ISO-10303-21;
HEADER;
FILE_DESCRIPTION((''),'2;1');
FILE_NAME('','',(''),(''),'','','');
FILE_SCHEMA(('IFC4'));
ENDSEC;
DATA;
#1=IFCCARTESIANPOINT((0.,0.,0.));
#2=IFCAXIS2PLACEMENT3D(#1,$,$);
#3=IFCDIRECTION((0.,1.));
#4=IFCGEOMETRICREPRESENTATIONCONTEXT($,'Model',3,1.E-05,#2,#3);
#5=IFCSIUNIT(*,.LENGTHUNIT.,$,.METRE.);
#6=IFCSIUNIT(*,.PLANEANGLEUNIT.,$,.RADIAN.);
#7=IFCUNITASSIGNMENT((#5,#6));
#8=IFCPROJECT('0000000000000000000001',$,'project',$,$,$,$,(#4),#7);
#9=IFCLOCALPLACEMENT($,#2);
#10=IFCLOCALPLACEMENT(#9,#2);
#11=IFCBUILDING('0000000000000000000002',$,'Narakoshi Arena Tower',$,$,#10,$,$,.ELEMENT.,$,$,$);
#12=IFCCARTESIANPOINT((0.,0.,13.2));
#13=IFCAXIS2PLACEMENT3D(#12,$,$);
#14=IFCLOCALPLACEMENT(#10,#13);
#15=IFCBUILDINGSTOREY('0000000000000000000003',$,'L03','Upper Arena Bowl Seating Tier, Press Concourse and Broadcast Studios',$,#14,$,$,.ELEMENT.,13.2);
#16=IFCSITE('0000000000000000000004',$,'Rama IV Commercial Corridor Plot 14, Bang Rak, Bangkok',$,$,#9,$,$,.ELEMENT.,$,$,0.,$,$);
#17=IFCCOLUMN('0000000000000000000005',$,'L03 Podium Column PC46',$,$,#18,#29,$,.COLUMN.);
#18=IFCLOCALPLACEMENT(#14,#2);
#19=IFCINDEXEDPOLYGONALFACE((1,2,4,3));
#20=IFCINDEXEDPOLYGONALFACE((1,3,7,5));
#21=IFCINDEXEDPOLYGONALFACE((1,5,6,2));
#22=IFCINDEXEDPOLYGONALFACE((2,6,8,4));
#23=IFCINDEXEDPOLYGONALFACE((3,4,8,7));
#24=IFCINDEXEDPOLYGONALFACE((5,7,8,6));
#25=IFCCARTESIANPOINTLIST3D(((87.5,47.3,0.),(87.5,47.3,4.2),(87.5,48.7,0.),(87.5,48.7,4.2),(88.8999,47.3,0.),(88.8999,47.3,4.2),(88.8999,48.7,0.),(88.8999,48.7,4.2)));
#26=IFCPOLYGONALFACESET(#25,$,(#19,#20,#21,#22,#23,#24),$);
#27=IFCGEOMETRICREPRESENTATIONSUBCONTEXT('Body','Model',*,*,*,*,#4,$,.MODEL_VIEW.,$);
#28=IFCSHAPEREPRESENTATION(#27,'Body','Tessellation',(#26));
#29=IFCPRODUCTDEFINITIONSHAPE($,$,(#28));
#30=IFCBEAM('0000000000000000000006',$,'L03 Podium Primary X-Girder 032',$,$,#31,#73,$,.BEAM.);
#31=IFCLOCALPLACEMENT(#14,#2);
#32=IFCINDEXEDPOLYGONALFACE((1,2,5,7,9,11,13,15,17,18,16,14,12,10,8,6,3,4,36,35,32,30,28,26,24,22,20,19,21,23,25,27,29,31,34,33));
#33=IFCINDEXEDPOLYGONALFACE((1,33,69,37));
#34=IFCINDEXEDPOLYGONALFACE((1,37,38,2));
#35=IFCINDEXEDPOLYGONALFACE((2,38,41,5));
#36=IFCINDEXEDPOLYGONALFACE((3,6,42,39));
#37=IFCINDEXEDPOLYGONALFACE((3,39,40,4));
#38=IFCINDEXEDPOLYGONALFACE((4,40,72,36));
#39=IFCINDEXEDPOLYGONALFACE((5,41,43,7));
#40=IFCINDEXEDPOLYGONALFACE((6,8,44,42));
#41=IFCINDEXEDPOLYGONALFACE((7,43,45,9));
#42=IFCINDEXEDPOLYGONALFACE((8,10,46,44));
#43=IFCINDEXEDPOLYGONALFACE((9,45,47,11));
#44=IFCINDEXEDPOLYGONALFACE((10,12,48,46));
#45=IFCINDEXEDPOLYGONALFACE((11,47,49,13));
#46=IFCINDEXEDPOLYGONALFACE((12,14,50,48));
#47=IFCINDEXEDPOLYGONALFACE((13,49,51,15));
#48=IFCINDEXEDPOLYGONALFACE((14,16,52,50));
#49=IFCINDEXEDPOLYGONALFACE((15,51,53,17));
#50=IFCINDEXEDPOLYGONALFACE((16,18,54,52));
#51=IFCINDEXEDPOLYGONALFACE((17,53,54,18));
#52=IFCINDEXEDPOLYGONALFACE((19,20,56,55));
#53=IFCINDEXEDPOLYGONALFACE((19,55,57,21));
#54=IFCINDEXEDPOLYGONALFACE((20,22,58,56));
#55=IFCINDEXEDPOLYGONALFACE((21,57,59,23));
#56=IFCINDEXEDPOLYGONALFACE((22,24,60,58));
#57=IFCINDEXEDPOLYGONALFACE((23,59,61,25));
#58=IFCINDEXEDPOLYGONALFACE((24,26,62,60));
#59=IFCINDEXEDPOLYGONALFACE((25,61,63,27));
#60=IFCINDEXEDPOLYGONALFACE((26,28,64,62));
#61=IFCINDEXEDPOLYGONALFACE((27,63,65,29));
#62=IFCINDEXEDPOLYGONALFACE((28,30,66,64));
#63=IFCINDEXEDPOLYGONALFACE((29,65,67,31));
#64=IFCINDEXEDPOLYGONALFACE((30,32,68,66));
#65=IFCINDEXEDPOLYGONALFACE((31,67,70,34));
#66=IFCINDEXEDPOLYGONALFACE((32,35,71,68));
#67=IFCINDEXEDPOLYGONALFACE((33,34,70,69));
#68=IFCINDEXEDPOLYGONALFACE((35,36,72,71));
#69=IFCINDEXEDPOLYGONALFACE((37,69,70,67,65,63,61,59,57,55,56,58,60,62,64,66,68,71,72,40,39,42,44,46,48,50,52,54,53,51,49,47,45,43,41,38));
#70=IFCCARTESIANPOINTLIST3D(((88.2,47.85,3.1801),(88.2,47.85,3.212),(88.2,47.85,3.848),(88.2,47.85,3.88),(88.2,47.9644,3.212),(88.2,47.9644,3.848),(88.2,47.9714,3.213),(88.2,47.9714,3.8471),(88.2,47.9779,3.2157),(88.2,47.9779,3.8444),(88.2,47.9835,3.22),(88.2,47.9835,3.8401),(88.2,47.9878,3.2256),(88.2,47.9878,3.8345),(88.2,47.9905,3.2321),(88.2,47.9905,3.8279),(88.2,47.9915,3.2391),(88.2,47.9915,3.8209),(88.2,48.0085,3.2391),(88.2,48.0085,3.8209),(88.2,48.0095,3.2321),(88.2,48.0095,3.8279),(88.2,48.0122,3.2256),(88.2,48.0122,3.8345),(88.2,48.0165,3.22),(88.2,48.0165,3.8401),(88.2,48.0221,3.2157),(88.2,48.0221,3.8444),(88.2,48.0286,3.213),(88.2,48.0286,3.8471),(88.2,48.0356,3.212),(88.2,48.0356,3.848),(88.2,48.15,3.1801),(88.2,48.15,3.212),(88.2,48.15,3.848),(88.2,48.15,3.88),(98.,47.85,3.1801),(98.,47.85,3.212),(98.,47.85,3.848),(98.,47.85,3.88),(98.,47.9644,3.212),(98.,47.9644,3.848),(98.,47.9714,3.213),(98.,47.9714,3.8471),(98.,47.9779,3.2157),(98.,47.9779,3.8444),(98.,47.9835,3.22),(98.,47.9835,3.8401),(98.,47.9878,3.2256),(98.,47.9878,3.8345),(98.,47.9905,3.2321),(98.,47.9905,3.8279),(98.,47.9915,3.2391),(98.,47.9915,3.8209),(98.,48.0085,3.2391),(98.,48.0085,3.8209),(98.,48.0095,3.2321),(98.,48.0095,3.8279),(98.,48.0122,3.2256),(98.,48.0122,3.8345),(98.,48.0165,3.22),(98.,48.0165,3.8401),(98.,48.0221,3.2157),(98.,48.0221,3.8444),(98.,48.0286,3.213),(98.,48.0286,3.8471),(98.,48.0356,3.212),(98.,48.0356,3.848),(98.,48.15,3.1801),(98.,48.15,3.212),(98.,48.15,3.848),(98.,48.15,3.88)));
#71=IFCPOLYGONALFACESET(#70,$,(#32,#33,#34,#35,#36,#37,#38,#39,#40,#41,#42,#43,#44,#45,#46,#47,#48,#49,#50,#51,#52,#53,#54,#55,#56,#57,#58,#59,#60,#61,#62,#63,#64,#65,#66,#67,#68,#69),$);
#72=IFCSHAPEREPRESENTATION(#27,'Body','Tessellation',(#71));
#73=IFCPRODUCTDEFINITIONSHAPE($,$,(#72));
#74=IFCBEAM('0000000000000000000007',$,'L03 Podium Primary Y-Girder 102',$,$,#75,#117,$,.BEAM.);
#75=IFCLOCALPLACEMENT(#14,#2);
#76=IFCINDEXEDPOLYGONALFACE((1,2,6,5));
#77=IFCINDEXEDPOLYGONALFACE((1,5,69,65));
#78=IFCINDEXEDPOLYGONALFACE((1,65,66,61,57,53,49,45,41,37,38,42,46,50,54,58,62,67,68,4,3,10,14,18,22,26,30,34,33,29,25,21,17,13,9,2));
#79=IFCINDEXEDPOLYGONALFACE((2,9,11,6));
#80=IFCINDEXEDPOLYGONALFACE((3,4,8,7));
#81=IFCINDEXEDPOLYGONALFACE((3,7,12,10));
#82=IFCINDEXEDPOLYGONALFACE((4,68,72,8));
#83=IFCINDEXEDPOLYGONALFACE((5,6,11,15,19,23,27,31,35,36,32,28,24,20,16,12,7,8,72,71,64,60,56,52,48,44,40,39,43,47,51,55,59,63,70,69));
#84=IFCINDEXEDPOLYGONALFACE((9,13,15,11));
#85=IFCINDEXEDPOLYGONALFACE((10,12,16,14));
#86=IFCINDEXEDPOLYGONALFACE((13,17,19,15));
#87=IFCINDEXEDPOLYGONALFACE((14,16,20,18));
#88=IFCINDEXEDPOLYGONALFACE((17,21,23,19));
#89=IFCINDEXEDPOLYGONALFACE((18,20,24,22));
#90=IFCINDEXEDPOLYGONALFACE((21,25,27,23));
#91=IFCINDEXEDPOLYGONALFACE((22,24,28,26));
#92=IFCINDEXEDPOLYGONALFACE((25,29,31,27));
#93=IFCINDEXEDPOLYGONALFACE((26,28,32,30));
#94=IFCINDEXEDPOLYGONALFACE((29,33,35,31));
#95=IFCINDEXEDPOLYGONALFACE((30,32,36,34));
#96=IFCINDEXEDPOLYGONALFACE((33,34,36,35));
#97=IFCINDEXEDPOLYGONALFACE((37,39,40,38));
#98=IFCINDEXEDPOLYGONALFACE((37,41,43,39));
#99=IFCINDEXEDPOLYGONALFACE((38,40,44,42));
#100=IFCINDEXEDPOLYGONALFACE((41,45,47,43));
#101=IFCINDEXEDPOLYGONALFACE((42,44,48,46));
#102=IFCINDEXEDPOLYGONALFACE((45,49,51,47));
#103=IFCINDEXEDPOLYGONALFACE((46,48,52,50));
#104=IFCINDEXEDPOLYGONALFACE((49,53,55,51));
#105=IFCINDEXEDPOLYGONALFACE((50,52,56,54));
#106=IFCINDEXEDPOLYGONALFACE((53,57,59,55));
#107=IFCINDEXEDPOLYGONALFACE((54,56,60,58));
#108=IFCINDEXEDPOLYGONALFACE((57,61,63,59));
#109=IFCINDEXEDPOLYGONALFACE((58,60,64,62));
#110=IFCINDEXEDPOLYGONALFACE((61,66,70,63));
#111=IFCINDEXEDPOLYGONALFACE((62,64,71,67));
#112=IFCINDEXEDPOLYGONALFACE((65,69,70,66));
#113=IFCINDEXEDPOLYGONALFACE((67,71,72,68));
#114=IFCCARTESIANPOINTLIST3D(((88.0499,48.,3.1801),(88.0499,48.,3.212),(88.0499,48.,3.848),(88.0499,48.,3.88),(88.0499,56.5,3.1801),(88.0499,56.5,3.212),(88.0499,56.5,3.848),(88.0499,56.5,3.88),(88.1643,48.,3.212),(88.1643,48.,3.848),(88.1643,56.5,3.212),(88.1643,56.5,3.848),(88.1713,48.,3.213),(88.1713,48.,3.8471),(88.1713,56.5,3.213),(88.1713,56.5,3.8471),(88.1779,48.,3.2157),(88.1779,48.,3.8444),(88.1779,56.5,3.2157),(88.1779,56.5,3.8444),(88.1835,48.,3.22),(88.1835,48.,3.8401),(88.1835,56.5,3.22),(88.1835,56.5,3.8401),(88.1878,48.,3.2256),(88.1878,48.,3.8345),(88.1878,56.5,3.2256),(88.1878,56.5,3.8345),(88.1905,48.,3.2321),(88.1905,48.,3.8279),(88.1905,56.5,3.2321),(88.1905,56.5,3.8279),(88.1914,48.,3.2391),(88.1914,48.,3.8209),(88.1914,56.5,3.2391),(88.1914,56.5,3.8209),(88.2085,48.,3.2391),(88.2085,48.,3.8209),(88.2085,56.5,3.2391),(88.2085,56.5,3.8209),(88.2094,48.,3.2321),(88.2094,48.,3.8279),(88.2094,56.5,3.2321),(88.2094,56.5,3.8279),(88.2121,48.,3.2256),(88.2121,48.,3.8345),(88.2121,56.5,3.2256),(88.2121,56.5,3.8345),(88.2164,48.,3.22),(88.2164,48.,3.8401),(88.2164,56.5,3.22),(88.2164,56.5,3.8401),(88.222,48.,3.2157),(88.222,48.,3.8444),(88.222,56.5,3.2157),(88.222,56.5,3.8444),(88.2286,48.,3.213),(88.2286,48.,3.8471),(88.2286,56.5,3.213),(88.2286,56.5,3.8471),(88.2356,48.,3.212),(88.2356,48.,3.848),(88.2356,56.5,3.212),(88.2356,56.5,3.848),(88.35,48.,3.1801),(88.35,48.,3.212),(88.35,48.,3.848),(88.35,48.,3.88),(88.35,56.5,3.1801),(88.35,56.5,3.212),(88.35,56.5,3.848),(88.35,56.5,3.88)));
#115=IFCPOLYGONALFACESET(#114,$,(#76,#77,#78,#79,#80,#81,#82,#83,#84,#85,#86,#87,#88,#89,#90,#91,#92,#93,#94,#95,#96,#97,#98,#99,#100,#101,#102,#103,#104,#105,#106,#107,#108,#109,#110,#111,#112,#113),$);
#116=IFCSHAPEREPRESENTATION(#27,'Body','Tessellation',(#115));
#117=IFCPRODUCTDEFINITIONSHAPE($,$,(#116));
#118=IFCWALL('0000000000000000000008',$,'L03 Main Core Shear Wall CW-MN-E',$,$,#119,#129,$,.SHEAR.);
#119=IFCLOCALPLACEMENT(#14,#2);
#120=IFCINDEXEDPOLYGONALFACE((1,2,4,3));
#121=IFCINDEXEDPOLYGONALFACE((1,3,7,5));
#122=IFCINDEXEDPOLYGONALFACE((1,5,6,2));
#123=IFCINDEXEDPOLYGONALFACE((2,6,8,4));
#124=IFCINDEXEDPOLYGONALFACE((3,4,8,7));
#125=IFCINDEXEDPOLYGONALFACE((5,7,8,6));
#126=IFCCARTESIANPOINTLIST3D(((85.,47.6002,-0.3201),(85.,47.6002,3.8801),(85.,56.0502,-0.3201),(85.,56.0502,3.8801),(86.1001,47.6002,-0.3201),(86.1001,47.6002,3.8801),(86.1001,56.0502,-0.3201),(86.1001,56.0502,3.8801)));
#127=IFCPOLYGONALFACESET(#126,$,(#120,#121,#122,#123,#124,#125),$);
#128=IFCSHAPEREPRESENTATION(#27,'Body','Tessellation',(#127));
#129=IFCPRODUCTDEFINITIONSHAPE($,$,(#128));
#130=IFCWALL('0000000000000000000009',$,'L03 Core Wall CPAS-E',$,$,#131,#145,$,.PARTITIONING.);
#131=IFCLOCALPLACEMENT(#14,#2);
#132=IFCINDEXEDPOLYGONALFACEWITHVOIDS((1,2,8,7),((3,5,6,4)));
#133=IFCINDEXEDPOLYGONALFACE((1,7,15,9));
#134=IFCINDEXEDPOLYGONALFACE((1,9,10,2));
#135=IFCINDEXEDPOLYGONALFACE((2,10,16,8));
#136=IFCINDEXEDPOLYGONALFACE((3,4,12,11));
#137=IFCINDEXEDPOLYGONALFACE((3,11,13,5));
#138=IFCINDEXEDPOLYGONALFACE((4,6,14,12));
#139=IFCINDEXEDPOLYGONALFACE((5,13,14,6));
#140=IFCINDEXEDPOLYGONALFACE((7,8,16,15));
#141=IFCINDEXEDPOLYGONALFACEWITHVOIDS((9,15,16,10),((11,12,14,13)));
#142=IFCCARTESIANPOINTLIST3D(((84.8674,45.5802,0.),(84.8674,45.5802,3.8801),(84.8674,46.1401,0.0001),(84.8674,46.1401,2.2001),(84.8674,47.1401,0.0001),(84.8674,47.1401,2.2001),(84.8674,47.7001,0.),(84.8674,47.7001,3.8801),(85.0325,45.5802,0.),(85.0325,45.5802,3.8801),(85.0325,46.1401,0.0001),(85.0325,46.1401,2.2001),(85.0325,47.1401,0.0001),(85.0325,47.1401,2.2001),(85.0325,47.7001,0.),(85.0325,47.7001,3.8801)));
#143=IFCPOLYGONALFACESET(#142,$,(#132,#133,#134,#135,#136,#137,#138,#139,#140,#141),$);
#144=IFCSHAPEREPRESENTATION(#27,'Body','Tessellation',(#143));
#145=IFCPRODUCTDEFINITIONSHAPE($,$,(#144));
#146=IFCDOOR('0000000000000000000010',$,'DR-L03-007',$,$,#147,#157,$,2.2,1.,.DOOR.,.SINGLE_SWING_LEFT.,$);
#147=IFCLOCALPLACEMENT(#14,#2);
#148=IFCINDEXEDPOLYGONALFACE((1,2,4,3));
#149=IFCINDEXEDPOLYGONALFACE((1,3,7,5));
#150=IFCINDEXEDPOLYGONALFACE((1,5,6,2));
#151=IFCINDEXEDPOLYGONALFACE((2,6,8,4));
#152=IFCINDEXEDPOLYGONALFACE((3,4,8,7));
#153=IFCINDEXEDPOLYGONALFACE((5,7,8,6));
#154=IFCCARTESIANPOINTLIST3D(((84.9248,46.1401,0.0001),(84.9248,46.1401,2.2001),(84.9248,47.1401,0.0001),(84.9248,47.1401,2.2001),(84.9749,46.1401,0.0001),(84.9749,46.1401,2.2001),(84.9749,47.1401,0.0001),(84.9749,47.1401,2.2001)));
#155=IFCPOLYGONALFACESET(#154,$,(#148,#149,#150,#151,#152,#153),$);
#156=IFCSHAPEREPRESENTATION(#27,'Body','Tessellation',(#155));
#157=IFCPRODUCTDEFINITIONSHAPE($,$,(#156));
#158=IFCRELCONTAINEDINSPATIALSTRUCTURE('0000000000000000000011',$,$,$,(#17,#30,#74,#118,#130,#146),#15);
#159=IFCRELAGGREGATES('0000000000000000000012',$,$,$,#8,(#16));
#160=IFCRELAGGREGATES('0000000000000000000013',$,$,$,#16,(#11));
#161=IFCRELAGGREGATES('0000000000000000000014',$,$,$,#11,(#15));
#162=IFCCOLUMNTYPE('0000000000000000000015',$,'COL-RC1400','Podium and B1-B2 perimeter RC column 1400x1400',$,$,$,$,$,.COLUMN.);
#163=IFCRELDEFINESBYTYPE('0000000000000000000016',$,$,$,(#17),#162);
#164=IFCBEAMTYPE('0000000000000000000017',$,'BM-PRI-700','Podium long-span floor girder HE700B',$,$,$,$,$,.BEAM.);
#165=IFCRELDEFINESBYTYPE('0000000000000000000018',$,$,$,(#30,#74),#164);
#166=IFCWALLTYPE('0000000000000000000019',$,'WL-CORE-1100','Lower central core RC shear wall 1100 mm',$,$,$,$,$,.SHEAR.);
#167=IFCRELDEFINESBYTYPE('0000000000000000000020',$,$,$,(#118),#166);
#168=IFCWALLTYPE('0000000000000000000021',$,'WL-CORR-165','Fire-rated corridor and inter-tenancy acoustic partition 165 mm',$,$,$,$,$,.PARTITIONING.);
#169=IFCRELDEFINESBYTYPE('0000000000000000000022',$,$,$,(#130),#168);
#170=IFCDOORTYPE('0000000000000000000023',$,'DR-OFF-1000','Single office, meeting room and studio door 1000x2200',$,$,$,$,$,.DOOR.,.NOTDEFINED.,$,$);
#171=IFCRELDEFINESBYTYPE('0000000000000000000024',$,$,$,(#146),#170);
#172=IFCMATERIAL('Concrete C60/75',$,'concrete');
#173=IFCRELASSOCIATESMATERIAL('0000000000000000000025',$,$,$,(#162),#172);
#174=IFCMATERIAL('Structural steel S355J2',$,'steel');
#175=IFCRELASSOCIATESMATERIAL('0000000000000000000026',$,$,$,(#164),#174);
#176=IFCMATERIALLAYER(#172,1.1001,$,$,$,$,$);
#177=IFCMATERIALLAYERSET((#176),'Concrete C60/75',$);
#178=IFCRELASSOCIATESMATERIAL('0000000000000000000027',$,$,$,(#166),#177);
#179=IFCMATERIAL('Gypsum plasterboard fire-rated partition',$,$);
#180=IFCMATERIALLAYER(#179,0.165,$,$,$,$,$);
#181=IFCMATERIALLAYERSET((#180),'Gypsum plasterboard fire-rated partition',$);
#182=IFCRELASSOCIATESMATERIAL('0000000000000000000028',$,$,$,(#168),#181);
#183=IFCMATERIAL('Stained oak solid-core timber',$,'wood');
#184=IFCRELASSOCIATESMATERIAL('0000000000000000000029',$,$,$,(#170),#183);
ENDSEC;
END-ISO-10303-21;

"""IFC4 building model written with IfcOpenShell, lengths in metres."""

from ifc_helpers import new_model, si_unit, direction, frame, frame_2d, origin, origin_2d, place, context, subcontext, project, spatial, rectangle, i_section, extrude, material, layer, layer_set, material_profile, profile_set, type_object, element, fill, save


model = new_model("IFC4")

# Units and contexts
model_context = context("Model", 3, precision=1e-05, world=origin(), true_north=direction((0.0, 1.0)))
body_context = subcontext(model_context, "Body", "Model", "MODEL_VIEW")
ifc_project = project(units=[si_unit("LENGTHUNIT", "METRE"), si_unit("PLANEANGLEUNIT", "RADIAN")], contexts=[model_context])

# Site, building, storey
site_placement = place(None, origin())
site = spatial("IfcSite", under=ifc_project, at=site_placement, Name="Rama IV Commercial Corridor Plot 14, Bang Rak, Bangkok", CompositionType="ELEMENT", RefElevation=0.0)
building_placement = place(site_placement, origin())
building = spatial("IfcBuilding", under=site, at=building_placement, Name="Narakoshi Arena Tower", CompositionType="ELEMENT")
storey_placement = place(building_placement, frame((0.0, 0.0, 13.2)))
storey = spatial("IfcBuildingStorey", under=building, at=storey_placement, Name="L03", Description="Upper Arena Bowl Seating Tier, Press Concourse and Broadcast Studios", CompositionType="ELEMENT", Elevation=13.2)

# Column
ifc_material_1 = material(Name="Concrete C60/75", Category="concrete")
ifc_material_profile_1 = material_profile(ifc_material_1, rectangle(XDim=1.3999, YDim=1.3999, at=origin_2d()), Name="RC1400x1400")
ifc_profile_set_1 = profile_set([ifc_material_profile_1], Name="Concrete C60/75")
column_type = type_object("IfcColumnType", Name="COL-RC1400", Description="Podium and B1-B2 perimeter RC column 1400x1400", PredefinedType="COLUMN", material=ifc_profile_set_1)
column_placement = place(storey_placement, frame((88.2, 48.0, 0.0), z_axis=(0.0, 0.0, 1.0), x_axis=(1.0, 0.0, 0.0)))
element("IfcColumn", 1, at=column_placement, inside=storey, type_object=column_type, Name="L03 Podium Column PC46", PredefinedType="COLUMN", context=body_context, shape_type="SweptSolid", body=[
    extrude(rectangle(XDim=1.3999, YDim=1.3999, at=origin_2d()), origin(), (0.0, 0.0, 1.0), 4.2),
])

# Beams
ifc_material_2 = material(Name="Structural steel S355J2", Category="steel")
ifc_material_profile_2 = material_profile(ifc_material_2, i_section(OverallWidth=0.3, OverallDepth=0.7, WebThickness=0.0171, FlangeThickness=0.032, FilletRadius=0.0271, at=origin_2d()), Name="HE700B")
ifc_profile_set_2 = profile_set([ifc_material_profile_2], Name="Structural steel S355J2")
beam_type = type_object("IfcBeamType", Name="BM-PRI-700", Description="Podium long-span floor girder HE700B", PredefinedType="BEAM", material=ifc_profile_set_2)
beam_1_placement = place(storey_placement, frame((88.2, 48.0, 3.53), z_axis=(1.0, 0.0, 0.0), x_axis=(0.0, 1.0, 0.0)))
element("IfcBeam", 2, at=beam_1_placement, inside=storey, type_object=beam_type, Name="L03 Podium Primary X-Girder 032", PredefinedType="BEAM", context=body_context, shape_type="SweptSolid", body=[
    extrude(i_section(OverallWidth=0.3, OverallDepth=0.7, WebThickness=0.0171, FlangeThickness=0.032, FilletRadius=0.0271, at=origin_2d()), origin(), (0.0, 0.0, 1.0), 9.8),
])
beam_2_placement = place(storey_placement, frame((88.2, 48.0, 3.53), z_axis=(0.0, 1.0, 0.0), x_axis=(-1.0, 0.0, 0.0)))
element("IfcBeam", 3, at=beam_2_placement, inside=storey, type_object=beam_type, Name="L03 Podium Primary Y-Girder 102", PredefinedType="BEAM", context=body_context, shape_type="SweptSolid", body=[
    extrude(i_section(OverallWidth=0.3, OverallDepth=0.7, WebThickness=0.0171, FlangeThickness=0.032, FilletRadius=0.0271, at=origin_2d()), origin(), (0.0, 0.0, 1.0), 8.5),
])

# Wall
ifc_layer_1 = layer(ifc_material_1, 1.1001)
ifc_layer_set_1 = layer_set([ifc_layer_1], Name="Concrete C60/75")
wall_type_1 = type_object("IfcWallType", Name="WL-CORE-1100", Description="Lower central core RC shear wall 1100 mm", PredefinedType="SHEAR", material=ifc_layer_set_1)
wall_1_placement = place(storey_placement, frame((85.55, 47.6001, -0.3201), z_axis=(0.0, 0.0, 1.0), x_axis=(0.0, 1.0, 0.0)))
element("IfcWall", 4, at=wall_1_placement, inside=storey, type_object=wall_type_1, Name="L03 Main Core Shear Wall CW-MN-E", PredefinedType="SHEAR", context=body_context, shape_type="SweptSolid", body=[
    extrude(rectangle(XDim=8.45, YDim=1.1001, at=frame_2d((4.2251, 0.0))), origin(), (0.0, 0.0, 1.0), 4.2002),
])

# Wall, opening, door
ifc_material_3 = material(Name="Gypsum plasterboard fire-rated partition")
ifc_layer_2 = layer(ifc_material_3, 0.165)
ifc_layer_set_2 = layer_set([ifc_layer_2], Name="Gypsum plasterboard fire-rated partition")
wall_type_2 = type_object("IfcWallType", Name="WL-CORR-165", Description="Fire-rated corridor and inter-tenancy acoustic partition 165 mm", PredefinedType="PARTITIONING", material=ifc_layer_set_2)
wall_2_placement = place(storey_placement, frame((84.95, 45.5801, 0.0), z_axis=(0.0, 0.0, 1.0), x_axis=(0.0, 1.0, 0.0)))
wall_2 = element("IfcWall", 5, at=wall_2_placement, inside=storey, type_object=wall_type_2, Name="L03 Core Wall CPAS-E", PredefinedType="PARTITIONING", context=body_context, shape_type="SweptSolid", body=[
    extrude(rectangle(XDim=2.1199, YDim=0.165, at=frame_2d((1.0601, 0.0))), origin(), (0.0, 0.0, 1.0), 3.8801),
])
opening_1_placement = place(wall_2_placement, frame((0.5601, 0.0, 0.0)))
opening_1 = element("IfcOpeningElement", 6, at=opening_1_placement, cuts=wall_2, PredefinedType="OPENING", context=body_context, shape_type="SweptSolid", body=[
    extrude(rectangle(XDim=1.0, YDim=2.2, at=frame_2d((0.5, 1.1001))), frame((0.0, 0.0925, 0.0), z_axis=(0.0, -1.0, 0.0), x_axis=(1.0, 0.0, 0.0)), (0.0, 0.0, 1.0), 0.1851),
])
ifc_material_4 = material(Name="Stained oak solid-core timber", Category="wood")
door_type_1 = type_object("IfcDoorType", Name="DR-OFF-1000", Description="Single office, meeting room and studio door 1000x2200", OperationType="NOTDEFINED", PredefinedType="DOOR", material=ifc_material_4)
door_1_placement = place(opening_1_placement, frame((1.0, 0.0, 0.0), z_axis=(0.0, 0.0, 1.0), x_axis=(-1.0, 0.0, 0.0)))
door_1 = element("IfcDoor", 7, at=door_1_placement, inside=storey, type_object=door_type_1, Name="DR-L03-007", OperationType="SINGLE_SWING_LEFT", OverallHeight=2.2, OverallWidth=1.0, PredefinedType="DOOR", context=body_context, shape_type="SweptSolid", body=[
    extrude(rectangle(XDim=1.0, YDim=2.2, at=frame_2d((0.5, 1.1001))), frame((0.0, 0.0249, 0.0), z_axis=(0.0, -1.0, 0.0), x_axis=(1.0, 0.0, 0.0)), (0.0, 0.0, 1.0), 0.05),
])
fill(opening_1, door_1)

save(model, "model.ifc")
